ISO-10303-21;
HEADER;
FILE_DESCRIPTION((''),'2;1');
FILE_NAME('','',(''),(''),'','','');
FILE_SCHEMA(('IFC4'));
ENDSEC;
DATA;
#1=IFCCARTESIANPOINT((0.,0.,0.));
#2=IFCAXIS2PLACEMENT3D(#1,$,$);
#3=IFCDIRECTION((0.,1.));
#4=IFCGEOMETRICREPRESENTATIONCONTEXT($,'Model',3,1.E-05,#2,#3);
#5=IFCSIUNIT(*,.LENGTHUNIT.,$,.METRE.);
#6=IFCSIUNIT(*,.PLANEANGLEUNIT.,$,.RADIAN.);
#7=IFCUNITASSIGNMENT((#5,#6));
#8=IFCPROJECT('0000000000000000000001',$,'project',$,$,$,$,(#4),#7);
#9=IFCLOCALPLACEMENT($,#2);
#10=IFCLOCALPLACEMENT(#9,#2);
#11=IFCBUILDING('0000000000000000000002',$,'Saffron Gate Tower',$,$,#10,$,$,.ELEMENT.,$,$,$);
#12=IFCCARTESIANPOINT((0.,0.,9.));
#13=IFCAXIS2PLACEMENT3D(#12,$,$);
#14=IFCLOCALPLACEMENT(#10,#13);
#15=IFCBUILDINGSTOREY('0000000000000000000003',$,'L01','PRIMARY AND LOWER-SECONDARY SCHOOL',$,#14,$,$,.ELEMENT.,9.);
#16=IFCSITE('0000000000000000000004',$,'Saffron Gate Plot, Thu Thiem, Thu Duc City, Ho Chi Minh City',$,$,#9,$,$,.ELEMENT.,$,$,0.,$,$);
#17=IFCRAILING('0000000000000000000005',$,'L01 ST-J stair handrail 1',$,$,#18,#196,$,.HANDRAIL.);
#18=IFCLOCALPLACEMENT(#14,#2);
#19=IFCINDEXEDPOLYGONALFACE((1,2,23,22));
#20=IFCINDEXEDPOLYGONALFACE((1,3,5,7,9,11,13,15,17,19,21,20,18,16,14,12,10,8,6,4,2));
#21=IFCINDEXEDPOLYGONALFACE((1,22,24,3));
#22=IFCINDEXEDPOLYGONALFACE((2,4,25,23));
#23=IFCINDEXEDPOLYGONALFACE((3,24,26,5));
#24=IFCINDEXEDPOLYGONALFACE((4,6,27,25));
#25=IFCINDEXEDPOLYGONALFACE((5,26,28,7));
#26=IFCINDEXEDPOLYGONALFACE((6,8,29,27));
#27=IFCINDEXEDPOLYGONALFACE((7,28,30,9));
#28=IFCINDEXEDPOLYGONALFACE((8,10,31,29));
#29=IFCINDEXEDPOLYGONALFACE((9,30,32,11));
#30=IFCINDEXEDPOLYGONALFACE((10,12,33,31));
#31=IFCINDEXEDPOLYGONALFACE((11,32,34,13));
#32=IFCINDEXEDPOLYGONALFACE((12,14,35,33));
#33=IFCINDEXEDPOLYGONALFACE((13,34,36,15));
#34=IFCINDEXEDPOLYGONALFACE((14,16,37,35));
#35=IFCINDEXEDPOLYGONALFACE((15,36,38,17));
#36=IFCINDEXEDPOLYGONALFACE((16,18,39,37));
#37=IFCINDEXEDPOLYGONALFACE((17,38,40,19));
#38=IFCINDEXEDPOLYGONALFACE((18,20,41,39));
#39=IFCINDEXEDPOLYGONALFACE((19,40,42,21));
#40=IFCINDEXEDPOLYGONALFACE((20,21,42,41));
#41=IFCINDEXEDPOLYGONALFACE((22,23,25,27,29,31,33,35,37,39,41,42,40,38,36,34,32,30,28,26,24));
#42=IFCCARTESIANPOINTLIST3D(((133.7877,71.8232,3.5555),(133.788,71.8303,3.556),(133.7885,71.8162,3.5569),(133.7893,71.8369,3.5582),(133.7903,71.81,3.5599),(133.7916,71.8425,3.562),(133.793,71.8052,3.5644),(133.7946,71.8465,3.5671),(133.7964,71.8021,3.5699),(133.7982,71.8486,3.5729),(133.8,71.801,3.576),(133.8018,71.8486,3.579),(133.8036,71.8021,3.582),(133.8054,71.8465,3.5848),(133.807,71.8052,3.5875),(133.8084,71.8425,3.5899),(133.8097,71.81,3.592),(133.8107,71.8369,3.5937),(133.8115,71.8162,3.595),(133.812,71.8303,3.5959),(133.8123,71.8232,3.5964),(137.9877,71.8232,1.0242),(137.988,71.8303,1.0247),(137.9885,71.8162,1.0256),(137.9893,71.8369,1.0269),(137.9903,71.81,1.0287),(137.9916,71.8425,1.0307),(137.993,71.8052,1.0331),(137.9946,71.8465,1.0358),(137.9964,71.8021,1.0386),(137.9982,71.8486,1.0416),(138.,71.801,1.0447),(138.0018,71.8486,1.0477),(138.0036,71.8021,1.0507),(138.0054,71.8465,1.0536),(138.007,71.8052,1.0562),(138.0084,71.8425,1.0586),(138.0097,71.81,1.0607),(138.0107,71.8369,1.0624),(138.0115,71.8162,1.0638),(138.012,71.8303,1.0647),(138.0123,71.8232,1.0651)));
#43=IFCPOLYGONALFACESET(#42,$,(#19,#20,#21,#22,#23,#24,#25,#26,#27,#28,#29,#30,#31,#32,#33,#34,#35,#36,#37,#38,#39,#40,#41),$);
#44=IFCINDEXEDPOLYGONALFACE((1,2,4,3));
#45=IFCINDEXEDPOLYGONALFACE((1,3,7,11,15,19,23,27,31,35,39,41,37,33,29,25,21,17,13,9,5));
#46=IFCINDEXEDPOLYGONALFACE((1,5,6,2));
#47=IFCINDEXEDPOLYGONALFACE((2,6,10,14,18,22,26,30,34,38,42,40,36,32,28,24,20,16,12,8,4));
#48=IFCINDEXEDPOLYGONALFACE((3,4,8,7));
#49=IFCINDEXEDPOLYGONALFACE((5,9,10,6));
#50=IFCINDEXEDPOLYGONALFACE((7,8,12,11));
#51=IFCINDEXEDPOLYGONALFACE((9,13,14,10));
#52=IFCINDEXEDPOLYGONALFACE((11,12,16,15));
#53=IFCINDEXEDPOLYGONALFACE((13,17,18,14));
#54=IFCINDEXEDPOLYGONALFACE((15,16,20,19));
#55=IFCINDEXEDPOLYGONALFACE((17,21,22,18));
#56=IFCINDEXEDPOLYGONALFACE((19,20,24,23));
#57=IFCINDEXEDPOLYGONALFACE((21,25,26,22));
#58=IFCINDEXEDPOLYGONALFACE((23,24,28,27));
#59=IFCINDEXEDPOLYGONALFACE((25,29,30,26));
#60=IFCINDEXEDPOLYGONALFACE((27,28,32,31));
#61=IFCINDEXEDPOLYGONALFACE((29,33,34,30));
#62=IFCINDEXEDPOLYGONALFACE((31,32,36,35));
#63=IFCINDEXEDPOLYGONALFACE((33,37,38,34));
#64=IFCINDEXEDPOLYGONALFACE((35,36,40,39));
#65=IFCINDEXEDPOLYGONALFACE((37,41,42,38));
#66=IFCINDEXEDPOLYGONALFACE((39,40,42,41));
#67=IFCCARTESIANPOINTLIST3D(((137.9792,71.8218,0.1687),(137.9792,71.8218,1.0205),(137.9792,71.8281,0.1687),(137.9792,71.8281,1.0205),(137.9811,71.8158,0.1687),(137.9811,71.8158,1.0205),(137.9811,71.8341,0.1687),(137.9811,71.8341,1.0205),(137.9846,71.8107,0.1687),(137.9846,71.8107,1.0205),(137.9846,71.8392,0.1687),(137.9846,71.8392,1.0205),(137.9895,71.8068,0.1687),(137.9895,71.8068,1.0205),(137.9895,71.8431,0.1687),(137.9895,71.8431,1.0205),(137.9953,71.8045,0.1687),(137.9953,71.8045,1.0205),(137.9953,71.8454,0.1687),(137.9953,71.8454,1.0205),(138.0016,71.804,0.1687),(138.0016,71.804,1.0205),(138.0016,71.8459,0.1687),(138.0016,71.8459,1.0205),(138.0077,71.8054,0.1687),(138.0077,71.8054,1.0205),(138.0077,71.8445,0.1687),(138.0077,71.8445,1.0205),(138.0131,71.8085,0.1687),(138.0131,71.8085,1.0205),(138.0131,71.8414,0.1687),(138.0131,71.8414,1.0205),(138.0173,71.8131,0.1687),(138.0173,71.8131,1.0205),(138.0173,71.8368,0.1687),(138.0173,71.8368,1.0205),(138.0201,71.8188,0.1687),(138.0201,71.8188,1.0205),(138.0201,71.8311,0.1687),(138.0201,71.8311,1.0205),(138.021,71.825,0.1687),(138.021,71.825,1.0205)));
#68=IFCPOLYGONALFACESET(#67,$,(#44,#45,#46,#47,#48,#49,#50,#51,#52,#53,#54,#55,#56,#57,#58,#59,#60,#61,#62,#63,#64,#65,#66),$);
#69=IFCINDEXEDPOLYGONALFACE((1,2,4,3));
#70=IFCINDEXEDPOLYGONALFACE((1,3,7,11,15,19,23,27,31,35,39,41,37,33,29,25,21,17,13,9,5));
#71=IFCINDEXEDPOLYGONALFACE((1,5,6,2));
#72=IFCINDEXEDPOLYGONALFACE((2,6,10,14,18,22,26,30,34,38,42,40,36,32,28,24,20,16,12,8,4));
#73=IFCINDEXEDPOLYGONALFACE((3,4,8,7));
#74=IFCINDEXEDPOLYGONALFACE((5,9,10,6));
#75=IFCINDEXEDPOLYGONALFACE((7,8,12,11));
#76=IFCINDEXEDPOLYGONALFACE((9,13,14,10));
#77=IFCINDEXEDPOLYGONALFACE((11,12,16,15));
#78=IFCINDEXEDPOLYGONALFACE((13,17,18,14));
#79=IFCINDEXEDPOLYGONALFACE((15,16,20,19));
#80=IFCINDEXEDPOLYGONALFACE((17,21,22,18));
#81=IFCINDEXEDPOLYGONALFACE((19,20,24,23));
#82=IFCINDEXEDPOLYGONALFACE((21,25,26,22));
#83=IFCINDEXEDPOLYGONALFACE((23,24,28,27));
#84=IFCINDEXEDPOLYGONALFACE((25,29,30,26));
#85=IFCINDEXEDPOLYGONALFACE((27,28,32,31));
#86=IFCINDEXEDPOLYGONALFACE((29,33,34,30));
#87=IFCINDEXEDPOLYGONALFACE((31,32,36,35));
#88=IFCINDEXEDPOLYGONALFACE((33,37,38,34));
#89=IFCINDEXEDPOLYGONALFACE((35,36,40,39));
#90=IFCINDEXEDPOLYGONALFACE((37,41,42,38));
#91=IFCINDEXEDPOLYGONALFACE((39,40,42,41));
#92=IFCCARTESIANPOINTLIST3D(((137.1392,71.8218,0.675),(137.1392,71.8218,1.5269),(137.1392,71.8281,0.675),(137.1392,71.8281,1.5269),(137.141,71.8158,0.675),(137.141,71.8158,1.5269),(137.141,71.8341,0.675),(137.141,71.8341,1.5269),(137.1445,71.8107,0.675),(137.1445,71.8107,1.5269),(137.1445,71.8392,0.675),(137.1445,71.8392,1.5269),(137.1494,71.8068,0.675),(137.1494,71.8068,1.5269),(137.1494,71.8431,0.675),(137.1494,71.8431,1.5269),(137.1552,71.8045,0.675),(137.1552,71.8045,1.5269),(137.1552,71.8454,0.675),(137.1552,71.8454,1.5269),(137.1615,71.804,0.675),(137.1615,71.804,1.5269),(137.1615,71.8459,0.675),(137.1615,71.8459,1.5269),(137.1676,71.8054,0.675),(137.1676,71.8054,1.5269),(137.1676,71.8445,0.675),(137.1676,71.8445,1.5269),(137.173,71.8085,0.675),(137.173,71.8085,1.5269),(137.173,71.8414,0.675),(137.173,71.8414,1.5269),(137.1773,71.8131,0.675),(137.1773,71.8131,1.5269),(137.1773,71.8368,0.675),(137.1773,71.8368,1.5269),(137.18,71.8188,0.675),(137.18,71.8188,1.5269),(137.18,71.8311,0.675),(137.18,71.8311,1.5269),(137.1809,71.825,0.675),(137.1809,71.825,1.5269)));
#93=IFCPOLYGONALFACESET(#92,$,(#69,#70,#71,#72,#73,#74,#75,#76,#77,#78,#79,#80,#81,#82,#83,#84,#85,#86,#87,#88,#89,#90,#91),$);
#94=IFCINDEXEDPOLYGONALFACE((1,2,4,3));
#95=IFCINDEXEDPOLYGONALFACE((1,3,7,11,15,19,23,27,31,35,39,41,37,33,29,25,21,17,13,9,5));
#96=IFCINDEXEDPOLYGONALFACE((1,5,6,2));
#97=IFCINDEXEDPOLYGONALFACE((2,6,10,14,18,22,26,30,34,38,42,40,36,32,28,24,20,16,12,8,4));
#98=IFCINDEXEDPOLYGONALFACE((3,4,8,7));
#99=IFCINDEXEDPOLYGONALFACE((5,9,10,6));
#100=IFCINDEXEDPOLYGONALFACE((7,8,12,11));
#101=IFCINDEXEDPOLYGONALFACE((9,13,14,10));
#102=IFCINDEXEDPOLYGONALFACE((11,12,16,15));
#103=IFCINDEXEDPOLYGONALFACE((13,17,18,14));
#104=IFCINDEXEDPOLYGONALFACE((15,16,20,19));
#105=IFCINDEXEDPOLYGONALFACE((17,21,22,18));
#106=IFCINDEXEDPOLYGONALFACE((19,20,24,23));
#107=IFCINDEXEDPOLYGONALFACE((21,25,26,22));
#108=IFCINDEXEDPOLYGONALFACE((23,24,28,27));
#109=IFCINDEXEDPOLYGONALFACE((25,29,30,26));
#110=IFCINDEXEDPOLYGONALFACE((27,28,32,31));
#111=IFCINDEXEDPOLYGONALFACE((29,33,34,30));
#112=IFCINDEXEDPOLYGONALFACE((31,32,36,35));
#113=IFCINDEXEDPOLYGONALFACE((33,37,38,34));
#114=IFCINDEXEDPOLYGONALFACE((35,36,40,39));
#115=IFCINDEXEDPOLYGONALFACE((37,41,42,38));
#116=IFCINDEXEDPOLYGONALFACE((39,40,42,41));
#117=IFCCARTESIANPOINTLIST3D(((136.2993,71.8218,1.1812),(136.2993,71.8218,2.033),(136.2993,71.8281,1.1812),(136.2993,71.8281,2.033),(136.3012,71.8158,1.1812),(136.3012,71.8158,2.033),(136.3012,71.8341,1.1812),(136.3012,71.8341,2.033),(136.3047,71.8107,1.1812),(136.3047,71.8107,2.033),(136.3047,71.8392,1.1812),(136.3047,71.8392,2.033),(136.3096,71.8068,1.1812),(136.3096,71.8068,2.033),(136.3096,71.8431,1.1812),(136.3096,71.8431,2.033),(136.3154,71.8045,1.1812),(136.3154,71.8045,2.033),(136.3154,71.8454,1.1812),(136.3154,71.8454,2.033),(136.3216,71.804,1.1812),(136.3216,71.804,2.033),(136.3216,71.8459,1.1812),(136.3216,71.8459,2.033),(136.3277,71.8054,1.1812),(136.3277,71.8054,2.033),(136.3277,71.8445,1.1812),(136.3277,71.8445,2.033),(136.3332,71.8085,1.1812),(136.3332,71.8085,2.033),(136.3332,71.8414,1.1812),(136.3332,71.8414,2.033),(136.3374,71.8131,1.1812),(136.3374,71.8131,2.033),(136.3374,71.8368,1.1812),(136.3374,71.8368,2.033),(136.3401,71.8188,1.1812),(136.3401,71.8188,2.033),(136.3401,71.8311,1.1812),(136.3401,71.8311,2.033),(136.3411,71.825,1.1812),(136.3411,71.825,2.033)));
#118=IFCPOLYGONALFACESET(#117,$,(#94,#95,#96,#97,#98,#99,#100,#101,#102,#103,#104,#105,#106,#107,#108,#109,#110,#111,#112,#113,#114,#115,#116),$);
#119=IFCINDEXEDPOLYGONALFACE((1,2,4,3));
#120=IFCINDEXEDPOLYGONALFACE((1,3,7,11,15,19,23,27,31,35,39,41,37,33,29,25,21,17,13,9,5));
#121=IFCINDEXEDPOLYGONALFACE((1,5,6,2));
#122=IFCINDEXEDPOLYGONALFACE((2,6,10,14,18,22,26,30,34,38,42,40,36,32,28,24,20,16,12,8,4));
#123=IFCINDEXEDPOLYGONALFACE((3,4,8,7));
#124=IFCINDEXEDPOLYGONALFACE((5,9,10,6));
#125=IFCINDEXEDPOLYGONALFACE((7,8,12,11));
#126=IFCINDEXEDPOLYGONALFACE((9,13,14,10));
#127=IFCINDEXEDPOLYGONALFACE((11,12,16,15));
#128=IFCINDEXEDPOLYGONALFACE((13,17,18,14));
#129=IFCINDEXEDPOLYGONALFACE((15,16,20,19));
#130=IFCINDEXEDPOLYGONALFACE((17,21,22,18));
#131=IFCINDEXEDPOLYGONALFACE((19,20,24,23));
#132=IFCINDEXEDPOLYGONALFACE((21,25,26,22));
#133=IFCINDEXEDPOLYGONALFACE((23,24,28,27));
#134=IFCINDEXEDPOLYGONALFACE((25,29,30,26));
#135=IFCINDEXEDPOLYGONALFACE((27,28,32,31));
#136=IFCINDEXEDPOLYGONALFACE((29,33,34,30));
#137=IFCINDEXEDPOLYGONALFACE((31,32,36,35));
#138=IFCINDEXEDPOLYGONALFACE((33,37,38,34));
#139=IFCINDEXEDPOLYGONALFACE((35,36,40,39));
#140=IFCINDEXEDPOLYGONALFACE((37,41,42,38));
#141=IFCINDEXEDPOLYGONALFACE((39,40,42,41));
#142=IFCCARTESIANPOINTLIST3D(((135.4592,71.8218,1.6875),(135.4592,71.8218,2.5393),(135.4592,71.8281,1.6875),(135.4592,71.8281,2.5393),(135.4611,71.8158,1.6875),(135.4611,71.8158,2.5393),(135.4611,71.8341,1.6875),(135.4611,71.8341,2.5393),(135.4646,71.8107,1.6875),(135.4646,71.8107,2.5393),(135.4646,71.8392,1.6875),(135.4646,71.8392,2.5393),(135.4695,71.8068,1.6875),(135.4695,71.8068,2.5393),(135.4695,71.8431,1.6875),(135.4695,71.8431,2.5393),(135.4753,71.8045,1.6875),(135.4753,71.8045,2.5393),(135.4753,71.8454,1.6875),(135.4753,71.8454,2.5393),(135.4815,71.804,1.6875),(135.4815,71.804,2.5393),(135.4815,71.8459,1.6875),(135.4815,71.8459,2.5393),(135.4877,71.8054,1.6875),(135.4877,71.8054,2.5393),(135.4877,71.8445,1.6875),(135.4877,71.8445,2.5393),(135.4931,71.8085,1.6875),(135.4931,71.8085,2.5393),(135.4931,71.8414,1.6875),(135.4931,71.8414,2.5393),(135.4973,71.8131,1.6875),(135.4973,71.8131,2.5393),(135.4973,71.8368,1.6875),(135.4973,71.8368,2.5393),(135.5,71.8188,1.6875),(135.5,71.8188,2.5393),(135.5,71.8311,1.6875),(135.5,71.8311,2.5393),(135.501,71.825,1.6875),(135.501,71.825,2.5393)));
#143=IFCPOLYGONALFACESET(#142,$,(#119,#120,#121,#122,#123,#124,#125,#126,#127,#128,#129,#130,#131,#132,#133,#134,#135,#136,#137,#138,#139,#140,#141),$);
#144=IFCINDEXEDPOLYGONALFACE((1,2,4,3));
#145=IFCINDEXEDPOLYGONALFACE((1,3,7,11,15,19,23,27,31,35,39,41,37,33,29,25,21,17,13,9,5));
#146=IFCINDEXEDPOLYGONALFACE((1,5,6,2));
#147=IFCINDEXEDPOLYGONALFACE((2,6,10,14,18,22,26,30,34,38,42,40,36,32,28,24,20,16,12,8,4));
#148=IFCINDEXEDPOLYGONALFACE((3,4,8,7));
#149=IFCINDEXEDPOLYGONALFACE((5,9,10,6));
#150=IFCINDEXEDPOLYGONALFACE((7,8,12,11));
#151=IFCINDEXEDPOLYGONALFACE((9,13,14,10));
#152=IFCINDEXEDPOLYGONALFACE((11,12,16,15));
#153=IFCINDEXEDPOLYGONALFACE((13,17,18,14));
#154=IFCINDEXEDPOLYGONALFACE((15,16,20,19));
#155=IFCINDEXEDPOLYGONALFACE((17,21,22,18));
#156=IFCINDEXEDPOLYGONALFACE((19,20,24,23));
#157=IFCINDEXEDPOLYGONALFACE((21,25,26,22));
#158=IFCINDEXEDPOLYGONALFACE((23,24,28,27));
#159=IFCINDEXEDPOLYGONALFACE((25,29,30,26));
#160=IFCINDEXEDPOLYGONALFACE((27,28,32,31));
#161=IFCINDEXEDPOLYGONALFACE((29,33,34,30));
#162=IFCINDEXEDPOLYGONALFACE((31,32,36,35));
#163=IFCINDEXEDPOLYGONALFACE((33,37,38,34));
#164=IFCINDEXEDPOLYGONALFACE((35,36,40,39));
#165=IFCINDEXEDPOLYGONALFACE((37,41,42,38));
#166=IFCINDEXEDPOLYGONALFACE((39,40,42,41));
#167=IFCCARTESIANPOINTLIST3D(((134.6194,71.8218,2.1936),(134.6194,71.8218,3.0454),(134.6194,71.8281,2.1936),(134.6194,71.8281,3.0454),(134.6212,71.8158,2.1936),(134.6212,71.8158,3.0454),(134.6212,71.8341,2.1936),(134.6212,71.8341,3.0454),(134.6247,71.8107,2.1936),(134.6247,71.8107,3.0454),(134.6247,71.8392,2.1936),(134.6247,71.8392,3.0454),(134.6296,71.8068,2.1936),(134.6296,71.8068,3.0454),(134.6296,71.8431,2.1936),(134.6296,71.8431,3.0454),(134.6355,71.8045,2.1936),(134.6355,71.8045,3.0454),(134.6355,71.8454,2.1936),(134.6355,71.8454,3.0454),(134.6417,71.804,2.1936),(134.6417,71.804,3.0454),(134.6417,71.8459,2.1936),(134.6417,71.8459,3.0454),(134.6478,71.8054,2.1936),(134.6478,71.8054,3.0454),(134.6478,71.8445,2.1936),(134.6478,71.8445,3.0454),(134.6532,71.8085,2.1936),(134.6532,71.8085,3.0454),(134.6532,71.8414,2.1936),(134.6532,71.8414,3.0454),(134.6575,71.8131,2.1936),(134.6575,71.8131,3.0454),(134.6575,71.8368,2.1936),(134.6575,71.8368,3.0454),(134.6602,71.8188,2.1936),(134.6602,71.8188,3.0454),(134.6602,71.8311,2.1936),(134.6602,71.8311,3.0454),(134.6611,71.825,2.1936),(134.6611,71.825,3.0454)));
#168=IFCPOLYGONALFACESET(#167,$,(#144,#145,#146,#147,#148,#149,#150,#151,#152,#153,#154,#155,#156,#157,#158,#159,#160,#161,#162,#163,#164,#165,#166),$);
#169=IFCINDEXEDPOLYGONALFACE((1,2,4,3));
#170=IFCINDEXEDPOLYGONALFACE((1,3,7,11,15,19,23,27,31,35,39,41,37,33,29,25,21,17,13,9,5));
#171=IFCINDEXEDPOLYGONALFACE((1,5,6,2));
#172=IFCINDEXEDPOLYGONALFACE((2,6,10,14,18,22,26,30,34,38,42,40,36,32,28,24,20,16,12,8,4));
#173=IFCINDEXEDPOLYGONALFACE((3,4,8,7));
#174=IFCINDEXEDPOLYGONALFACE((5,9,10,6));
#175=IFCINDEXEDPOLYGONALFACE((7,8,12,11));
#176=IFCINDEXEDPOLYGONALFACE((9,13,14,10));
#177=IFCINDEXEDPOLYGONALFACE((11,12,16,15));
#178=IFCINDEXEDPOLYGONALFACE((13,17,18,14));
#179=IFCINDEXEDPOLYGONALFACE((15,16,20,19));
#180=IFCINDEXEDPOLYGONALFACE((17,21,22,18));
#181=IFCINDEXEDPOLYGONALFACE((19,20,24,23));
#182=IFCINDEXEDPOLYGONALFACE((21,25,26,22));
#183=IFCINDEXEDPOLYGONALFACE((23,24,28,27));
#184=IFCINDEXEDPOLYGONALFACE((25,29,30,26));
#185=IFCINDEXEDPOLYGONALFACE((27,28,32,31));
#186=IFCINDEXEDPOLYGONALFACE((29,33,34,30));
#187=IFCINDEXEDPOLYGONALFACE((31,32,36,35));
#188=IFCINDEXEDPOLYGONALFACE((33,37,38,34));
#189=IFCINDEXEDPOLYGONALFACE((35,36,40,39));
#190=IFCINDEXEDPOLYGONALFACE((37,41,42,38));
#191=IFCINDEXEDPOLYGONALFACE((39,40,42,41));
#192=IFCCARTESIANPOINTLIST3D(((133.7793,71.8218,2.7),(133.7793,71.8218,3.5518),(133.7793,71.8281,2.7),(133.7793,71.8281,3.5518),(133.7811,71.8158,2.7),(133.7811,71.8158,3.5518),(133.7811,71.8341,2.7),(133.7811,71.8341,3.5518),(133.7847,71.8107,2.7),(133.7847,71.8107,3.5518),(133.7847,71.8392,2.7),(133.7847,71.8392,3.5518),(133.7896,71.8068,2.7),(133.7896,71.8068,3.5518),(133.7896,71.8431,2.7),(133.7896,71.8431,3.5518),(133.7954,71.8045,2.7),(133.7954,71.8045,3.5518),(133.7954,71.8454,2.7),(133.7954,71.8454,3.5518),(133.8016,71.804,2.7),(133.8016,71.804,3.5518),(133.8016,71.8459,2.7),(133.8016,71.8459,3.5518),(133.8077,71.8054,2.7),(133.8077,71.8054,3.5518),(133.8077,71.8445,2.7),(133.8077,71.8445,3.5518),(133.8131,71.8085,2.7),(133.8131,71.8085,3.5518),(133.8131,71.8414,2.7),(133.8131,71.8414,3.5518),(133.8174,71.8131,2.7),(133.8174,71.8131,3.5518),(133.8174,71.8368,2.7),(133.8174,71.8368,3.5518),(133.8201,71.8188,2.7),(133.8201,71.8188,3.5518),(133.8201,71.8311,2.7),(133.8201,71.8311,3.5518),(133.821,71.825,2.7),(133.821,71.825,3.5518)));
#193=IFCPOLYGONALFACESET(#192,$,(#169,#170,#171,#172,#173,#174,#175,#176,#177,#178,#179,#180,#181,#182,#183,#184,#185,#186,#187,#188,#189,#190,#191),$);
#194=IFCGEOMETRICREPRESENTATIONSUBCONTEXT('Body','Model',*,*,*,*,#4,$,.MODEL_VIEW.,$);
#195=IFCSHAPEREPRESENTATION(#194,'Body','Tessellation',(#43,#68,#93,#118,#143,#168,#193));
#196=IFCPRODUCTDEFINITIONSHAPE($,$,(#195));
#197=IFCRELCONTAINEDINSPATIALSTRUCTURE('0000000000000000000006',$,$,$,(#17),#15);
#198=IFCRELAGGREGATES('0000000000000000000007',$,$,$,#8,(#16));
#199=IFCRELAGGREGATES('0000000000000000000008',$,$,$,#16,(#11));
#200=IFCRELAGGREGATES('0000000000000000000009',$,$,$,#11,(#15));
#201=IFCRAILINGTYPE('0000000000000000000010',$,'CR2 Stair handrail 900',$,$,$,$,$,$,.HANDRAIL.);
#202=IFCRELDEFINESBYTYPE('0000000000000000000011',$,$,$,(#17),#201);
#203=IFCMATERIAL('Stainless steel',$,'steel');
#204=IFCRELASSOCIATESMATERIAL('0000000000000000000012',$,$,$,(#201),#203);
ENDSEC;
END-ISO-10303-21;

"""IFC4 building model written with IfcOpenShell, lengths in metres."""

from ifc_helpers import new_model, si_unit, direction, frame, origin, origin_2d, place, context, subcontext, project, spatial, circle, extrude, material, type_object, element, save


model = new_model("IFC4")

# Units and contexts
model_context = context("Model", 3, precision=1e-05, world=origin(), true_north=direction((0.0, 1.0)))
body_context = subcontext(model_context, "Body", "Model", "MODEL_VIEW")
ifc_project = project(units=[si_unit("LENGTHUNIT", "METRE"), si_unit("PLANEANGLEUNIT", "RADIAN")], contexts=[model_context])

# Site, building, storey
site_placement = place(None, origin())
site = spatial("IfcSite", under=ifc_project, at=site_placement, Name="Saffron Gate Plot, Thu Thiem, Thu Duc City, Ho Chi Minh City", CompositionType="ELEMENT", RefElevation=0.0)
building_placement = place(site_placement, origin())
building = spatial("IfcBuilding", under=site, at=building_placement, Name="Saffron Gate Tower", CompositionType="ELEMENT")
storey_placement = place(building_placement, frame((0.0, 0.0, 9.0)))
storey = spatial("IfcBuildingStorey", under=building, at=storey_placement, Name="L01", Description="PRIMARY AND LOWER-SECONDARY SCHOOL", CompositionType="ELEMENT", Elevation=9.0)

# Railing
ifc_material_1 = material(Name="Stainless steel", Category="steel")
railing_type_1 = type_object("IfcRailingType", Name="CR2 Stair handrail 900", PredefinedType="HANDRAIL", material=ifc_material_1)
railing_1_placement = place(storey_placement, frame((138.0, 71.825, 0.1687)))
element("IfcRailing", 1, at=railing_1_placement, inside=storey, type_object=railing_type_1, Name="L01 ST-J stair handrail 1", PredefinedType="HANDRAIL", context=body_context, shape_type="SweptSolid", body=[
    extrude(circle(Radius=0.0239, at=origin_2d()), frame((0.0, 0.0, 0.876), z_axis=(-0.856476, 0.0, 0.516186), x_axis=(0.0, -1.0, 0.0)), (0.0, 0.0, 1.0), 4.9038),
    extrude(circle(Radius=0.021, at=origin_2d()), origin(), (0.0, 0.0, 1.0), 0.8518),
    extrude(circle(Radius=0.021, at=origin_2d()), frame((-0.8401, 0.0, 0.5063)), (0.0, 0.0, 1.0), 0.8518),
    extrude(circle(Radius=0.021, at=origin_2d()), frame((-1.6799, 0.0, 1.0125)), (0.0, 0.0, 1.0), 0.8518),
    extrude(circle(Radius=0.021, at=origin_2d()), frame((-2.52, 0.0, 1.5188)), (0.0, 0.0, 1.0), 0.8518),
    extrude(circle(Radius=0.021, at=origin_2d()), frame((-3.3599, 0.0, 2.0249)), (0.0, 0.0, 1.0), 0.8518),
    extrude(circle(Radius=0.021, at=origin_2d()), frame((-4.2, 0.0, 2.5312)), (0.0, 0.0, 1.0), 0.8518),
])

save(model, "model.ifc")
